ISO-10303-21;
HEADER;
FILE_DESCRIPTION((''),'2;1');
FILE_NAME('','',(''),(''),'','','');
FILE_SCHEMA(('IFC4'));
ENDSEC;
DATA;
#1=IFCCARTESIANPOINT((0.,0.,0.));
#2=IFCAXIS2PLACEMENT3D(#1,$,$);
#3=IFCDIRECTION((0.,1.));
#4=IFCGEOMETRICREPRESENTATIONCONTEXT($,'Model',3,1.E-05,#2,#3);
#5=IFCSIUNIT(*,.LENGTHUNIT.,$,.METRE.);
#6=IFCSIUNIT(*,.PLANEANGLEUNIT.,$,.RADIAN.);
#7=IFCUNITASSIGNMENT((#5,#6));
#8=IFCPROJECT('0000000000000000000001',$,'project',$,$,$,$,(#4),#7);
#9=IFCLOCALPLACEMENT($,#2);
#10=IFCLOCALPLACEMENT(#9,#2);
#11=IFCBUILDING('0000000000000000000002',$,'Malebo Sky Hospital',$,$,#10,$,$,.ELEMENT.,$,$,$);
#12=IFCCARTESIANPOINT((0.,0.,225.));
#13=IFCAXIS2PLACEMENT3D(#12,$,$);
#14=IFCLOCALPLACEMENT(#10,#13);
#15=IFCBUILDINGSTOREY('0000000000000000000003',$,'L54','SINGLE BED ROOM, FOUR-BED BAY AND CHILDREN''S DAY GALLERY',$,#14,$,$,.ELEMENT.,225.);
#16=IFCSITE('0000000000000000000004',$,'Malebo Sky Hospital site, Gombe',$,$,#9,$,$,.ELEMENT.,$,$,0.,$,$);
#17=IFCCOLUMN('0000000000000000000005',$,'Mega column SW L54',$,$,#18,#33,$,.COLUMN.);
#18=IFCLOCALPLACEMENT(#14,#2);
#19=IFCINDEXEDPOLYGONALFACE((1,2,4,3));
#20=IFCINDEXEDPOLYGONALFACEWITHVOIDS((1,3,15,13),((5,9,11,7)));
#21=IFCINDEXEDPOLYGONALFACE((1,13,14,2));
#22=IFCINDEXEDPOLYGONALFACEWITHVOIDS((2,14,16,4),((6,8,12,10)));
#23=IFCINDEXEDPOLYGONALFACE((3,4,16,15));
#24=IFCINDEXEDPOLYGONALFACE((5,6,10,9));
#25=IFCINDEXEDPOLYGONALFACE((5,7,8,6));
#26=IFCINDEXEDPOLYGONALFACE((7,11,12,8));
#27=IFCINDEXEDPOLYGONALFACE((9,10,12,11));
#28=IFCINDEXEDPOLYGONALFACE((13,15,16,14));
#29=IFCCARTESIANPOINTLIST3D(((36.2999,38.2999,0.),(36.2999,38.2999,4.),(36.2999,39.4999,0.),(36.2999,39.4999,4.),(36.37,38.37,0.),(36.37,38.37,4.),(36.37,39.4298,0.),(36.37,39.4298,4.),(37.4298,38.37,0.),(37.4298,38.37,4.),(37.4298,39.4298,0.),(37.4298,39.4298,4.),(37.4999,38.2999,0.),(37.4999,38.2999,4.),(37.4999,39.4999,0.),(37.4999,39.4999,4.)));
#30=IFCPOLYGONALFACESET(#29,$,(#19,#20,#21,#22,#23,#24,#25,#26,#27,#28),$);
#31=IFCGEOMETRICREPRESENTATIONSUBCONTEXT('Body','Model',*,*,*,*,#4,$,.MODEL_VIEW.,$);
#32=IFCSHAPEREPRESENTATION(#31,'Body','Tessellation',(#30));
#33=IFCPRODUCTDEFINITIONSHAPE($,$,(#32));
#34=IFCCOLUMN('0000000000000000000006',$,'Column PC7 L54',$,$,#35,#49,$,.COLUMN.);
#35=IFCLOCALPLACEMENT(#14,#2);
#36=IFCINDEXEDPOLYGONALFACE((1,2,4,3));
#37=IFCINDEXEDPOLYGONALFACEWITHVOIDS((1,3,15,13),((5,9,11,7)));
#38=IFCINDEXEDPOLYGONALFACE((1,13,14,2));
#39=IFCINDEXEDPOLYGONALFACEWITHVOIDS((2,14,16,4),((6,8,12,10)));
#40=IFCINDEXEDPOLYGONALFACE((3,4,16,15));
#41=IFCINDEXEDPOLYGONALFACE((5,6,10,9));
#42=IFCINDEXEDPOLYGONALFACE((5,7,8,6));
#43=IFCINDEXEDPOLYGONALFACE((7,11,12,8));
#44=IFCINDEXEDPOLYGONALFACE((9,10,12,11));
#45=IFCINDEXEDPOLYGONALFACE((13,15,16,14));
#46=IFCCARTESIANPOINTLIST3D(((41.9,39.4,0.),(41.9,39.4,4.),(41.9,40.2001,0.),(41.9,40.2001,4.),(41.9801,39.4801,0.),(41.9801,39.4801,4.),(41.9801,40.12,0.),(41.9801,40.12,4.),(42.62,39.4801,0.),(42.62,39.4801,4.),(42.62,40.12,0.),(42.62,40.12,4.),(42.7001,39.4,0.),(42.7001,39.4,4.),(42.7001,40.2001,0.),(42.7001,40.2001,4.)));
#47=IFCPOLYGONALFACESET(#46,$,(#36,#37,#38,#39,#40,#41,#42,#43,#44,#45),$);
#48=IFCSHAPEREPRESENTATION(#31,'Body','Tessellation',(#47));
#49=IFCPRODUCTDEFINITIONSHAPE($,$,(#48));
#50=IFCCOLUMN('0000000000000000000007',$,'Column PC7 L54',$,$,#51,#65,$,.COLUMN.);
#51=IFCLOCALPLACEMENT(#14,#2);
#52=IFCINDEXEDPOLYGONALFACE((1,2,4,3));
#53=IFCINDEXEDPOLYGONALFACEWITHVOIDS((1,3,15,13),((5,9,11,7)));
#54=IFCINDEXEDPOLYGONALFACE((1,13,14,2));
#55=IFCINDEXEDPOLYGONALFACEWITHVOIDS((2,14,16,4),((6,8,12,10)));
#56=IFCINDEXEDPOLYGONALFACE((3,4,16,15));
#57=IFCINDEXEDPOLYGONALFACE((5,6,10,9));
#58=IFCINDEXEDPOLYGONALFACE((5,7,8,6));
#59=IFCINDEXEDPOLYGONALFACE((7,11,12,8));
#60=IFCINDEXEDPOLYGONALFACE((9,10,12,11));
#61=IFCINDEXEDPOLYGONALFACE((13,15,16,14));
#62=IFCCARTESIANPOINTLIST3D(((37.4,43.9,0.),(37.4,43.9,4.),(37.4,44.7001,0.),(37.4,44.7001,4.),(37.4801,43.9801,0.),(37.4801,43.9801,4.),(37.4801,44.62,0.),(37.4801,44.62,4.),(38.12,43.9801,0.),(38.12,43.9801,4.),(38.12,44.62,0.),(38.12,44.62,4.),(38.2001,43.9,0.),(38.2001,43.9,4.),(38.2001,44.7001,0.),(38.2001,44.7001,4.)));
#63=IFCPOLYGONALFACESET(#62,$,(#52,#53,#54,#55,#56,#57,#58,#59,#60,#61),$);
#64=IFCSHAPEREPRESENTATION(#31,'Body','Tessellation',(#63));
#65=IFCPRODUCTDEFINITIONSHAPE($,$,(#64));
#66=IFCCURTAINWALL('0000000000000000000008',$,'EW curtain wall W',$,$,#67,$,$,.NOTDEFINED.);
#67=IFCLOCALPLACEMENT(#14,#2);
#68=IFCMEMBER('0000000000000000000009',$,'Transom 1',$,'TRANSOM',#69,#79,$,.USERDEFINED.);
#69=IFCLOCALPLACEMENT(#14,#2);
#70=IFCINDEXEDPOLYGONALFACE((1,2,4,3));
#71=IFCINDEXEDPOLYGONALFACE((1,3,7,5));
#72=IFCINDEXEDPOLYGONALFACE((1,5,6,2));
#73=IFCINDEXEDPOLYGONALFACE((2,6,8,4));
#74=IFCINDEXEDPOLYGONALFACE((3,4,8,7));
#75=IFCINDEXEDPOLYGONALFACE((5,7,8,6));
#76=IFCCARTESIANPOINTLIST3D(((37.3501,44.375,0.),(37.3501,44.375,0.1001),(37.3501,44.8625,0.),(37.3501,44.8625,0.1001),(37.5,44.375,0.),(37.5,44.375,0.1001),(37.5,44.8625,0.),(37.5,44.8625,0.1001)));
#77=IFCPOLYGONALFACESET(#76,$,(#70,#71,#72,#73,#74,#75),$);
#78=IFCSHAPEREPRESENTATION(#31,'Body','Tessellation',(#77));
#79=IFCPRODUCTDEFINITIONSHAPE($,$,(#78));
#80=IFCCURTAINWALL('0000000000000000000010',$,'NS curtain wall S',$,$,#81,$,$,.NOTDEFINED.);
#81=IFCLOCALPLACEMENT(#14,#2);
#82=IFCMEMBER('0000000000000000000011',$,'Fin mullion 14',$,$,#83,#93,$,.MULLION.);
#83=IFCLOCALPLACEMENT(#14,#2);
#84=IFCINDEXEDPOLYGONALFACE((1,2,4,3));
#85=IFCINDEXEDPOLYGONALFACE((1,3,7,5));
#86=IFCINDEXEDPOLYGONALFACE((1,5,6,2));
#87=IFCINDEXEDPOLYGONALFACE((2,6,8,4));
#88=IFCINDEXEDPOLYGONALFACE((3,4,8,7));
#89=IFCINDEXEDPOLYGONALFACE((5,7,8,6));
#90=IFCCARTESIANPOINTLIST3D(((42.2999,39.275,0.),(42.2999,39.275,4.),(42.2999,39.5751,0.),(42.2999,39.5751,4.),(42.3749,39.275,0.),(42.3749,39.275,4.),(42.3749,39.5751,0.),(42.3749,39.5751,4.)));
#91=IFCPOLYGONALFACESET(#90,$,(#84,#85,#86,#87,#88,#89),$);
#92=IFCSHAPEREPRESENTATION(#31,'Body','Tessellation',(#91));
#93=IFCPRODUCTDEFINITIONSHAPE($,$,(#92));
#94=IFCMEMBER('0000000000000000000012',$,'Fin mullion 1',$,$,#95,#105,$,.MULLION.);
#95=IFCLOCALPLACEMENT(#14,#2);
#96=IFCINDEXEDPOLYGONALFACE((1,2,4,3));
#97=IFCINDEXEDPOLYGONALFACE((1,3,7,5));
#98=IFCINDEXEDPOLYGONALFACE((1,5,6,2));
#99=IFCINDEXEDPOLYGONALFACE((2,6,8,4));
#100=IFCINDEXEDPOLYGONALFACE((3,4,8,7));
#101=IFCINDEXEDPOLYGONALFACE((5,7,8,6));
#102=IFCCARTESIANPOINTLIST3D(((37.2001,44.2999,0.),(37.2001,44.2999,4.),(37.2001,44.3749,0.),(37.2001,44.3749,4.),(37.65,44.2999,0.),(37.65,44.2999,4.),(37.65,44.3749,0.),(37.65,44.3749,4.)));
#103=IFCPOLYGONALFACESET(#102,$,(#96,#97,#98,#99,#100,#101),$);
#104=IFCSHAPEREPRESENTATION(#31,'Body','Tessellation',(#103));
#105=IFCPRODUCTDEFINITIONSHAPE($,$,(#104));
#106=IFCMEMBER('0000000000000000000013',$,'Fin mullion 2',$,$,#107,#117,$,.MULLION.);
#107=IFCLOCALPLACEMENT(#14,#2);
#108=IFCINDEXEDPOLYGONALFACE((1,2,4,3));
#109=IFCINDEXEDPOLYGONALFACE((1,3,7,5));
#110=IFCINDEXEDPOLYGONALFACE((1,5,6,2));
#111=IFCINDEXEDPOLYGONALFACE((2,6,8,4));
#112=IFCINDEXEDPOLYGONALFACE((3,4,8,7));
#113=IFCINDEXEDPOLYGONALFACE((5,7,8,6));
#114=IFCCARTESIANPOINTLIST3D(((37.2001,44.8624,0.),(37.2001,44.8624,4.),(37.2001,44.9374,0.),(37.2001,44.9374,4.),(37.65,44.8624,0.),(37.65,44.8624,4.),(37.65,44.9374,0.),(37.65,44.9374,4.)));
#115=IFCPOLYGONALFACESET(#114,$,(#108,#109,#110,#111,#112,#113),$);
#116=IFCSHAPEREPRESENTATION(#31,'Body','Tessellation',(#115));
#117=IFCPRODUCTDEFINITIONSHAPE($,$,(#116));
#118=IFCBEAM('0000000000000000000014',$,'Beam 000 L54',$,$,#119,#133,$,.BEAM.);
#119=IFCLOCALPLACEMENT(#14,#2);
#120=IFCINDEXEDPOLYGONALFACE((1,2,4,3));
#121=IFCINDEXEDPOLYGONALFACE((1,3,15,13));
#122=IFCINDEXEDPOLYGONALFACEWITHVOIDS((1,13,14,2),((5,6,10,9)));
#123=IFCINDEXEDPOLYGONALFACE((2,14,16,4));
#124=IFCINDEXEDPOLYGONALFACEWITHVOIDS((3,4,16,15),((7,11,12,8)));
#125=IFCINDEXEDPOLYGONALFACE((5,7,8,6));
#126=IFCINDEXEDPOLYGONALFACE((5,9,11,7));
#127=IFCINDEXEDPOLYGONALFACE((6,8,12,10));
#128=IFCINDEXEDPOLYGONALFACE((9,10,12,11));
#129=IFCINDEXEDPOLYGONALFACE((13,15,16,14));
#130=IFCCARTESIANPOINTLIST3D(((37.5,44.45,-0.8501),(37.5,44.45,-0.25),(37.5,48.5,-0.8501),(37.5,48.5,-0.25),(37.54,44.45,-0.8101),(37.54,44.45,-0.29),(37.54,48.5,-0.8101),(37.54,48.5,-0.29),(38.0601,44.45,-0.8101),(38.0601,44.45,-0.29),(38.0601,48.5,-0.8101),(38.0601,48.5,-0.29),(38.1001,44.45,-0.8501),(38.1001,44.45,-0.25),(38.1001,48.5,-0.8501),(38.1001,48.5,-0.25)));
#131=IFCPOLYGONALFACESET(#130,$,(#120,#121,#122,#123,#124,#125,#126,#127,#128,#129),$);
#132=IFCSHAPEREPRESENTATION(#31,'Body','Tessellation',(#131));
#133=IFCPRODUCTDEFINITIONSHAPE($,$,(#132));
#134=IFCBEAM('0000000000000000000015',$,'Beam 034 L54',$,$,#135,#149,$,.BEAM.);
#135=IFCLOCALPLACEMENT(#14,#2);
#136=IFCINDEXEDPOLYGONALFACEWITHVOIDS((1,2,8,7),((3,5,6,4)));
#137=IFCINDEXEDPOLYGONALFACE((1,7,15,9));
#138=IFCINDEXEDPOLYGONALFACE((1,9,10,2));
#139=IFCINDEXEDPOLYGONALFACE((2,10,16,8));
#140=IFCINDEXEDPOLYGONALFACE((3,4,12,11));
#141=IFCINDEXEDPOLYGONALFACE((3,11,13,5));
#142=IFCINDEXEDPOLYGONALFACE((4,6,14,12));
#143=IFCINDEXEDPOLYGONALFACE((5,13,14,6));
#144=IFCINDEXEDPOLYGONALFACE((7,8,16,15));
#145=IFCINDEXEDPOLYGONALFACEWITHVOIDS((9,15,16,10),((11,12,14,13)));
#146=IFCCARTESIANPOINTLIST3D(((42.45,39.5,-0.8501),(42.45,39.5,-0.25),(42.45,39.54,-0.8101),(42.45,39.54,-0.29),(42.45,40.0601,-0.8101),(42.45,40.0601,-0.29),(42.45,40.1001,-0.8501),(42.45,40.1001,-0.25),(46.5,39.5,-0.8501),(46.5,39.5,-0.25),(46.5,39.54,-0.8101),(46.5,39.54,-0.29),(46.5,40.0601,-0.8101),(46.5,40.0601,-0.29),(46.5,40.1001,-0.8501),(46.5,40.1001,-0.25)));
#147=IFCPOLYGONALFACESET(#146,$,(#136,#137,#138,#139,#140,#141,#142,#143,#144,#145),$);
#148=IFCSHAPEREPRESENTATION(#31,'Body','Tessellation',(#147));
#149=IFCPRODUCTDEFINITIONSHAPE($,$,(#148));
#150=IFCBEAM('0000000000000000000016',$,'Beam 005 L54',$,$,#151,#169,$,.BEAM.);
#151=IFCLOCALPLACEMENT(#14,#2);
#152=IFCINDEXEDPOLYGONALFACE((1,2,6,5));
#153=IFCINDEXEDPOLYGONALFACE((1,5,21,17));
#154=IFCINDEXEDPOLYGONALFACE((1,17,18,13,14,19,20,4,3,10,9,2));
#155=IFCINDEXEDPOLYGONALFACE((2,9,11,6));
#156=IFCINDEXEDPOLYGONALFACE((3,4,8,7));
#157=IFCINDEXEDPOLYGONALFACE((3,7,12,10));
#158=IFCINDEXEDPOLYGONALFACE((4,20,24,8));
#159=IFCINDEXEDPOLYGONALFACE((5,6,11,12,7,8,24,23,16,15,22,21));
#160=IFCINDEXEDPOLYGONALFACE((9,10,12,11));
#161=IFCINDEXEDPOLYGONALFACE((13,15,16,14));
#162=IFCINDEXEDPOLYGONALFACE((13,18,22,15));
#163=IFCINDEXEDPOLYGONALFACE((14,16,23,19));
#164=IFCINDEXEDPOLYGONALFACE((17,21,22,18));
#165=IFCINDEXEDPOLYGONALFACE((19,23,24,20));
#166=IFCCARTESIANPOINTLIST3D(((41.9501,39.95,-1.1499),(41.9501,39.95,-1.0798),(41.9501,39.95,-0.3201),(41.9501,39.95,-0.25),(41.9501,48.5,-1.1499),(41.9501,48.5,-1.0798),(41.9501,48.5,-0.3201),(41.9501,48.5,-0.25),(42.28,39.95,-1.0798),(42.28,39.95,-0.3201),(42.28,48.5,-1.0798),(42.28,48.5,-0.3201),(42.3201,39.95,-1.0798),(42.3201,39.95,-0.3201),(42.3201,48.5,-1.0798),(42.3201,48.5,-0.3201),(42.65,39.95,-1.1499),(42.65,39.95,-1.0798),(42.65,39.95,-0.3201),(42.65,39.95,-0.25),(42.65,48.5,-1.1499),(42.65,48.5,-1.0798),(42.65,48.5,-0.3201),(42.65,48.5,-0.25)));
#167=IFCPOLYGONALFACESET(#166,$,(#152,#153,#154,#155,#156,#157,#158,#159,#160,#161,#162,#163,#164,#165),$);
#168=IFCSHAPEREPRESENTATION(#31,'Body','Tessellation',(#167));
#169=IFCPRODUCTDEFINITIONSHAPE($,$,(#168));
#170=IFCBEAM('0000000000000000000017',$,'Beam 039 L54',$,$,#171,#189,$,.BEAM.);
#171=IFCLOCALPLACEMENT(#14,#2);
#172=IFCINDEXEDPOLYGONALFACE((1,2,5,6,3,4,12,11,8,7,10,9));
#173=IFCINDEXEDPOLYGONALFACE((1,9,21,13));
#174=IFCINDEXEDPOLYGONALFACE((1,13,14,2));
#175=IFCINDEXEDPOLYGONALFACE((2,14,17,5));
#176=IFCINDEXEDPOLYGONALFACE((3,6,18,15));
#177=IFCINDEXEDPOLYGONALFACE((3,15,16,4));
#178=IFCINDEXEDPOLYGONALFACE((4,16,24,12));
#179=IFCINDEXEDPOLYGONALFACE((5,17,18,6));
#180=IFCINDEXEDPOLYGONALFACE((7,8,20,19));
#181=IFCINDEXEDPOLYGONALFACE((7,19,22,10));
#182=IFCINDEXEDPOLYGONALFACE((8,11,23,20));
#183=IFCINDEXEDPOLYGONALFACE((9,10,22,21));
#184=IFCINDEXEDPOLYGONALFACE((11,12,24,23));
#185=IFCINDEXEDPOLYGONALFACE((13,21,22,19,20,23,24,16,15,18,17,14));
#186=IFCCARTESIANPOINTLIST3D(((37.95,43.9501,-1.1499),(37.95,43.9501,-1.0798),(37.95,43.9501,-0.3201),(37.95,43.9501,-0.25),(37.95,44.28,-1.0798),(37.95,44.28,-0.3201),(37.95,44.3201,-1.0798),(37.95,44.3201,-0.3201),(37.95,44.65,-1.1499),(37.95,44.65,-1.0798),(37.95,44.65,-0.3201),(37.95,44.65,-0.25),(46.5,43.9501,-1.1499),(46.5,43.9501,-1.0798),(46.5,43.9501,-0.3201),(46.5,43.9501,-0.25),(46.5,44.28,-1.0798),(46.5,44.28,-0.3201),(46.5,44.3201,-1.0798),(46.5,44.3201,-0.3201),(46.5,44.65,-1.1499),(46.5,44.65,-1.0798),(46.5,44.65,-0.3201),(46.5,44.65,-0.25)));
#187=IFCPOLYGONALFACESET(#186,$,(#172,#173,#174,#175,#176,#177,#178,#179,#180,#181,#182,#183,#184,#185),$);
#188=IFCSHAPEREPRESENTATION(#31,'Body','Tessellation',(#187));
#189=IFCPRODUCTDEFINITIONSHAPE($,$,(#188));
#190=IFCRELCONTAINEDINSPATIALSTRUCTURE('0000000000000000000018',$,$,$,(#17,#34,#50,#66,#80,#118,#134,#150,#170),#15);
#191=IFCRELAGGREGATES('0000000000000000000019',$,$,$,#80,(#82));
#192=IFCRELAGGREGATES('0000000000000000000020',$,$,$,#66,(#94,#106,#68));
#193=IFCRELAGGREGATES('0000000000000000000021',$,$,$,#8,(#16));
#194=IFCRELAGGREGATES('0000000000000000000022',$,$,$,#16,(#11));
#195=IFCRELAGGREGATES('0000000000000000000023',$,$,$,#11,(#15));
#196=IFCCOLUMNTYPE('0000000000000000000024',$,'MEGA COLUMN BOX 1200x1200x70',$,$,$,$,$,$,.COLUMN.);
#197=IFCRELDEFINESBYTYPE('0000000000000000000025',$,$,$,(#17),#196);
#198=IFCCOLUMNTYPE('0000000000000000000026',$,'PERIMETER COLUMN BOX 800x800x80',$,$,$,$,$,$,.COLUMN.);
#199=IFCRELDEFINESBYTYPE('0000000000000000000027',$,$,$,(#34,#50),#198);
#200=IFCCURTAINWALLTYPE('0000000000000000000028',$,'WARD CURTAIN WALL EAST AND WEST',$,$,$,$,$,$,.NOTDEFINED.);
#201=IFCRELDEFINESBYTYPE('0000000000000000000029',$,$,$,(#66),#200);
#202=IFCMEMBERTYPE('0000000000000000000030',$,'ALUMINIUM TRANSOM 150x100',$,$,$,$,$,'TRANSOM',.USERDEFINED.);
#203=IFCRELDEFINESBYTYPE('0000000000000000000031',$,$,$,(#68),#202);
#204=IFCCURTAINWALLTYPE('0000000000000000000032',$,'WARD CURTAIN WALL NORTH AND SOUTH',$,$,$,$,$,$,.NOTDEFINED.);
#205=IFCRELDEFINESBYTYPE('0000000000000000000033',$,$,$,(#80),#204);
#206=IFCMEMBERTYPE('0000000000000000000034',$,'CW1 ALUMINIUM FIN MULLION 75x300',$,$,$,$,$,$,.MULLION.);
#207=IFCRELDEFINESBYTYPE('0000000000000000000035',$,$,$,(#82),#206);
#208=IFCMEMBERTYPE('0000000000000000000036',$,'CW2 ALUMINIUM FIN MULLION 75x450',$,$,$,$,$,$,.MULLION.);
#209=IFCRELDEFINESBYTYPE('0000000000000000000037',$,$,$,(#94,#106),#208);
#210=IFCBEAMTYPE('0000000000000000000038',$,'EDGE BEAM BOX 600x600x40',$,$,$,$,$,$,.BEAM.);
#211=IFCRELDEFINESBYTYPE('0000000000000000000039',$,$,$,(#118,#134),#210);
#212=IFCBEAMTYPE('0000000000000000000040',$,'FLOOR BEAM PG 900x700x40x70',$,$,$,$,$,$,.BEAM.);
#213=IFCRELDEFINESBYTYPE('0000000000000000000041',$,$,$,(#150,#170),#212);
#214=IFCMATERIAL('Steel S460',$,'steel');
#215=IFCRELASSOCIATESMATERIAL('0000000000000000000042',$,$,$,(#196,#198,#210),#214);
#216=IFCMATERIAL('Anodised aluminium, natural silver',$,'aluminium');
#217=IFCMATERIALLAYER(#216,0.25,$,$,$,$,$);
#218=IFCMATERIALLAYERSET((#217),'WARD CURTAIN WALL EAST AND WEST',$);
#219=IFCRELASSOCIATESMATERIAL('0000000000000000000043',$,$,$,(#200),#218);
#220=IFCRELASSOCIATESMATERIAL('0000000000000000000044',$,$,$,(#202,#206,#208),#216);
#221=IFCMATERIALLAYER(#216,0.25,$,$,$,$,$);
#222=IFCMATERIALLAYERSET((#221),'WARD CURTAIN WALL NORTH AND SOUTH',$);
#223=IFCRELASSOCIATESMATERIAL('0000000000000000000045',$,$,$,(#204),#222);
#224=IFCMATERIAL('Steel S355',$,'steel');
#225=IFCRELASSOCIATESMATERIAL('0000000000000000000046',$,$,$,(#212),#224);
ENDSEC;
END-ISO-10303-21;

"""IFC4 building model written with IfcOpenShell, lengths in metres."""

from ifc_helpers import new_model, si_unit, direction, frame, origin, origin_2d, place, context, subcontext, project, spatial, rectangle, hollow_rectangle, i_section, extrude, material, layer, layer_set, material_profile, profile_set, type_object, element, aggregate, save


model = new_model("IFC4")

# Units and contexts
model_context = context("Model", 3, precision=1e-05, world=origin(), true_north=direction((0.0, 1.0)))
body_context = subcontext(model_context, "Body", "Model", "MODEL_VIEW")
ifc_project = project(units=[si_unit("LENGTHUNIT", "METRE"), si_unit("PLANEANGLEUNIT", "RADIAN")], contexts=[model_context])

# Site, building, storey
site_placement = place(None, origin())
site = spatial("IfcSite", under=ifc_project, at=site_placement, Name="Malebo Sky Hospital site, Gombe", CompositionType="ELEMENT", RefElevation=0.0)
building_placement = place(site_placement, origin())
building = spatial("IfcBuilding", under=site, at=building_placement, Name="Malebo Sky Hospital", CompositionType="ELEMENT")
storey_placement = place(building_placement, frame((0.0, 0.0, 225.0)))
storey = spatial("IfcBuildingStorey", under=building, at=storey_placement, Name="L54", Description="SINGLE BED ROOM, FOUR-BED BAY AND CHILDREN'S DAY GALLERY", CompositionType="ELEMENT", Elevation=225.0)

# Columns
ifc_material_1 = material(Name="Steel S460", Category="steel")
ifc_material_profile_1 = material_profile(ifc_material_1, hollow_rectangle(XDim=1.2, YDim=1.2, WallThickness=0.0701, at=origin_2d()), Name="BOX 1200x1200x70")
ifc_profile_set_1 = profile_set([ifc_material_profile_1], Name="Steel S460")
column_type_1 = type_object("IfcColumnType", Name="MEGA COLUMN BOX 1200x1200x70", PredefinedType="COLUMN", material=ifc_profile_set_1)
column_placement = place(storey_placement, frame((36.8999, 38.8999, 0.0), z_axis=(0.0, 0.0, 1.0), x_axis=(1.0, 0.0, 0.0)))
element("IfcColumn", 1, at=column_placement, inside=storey, type_object=column_type_1, Name="Mega column SW L54", PredefinedType="COLUMN", context=body_context, shape_type="SweptSolid", body=[
    extrude(hollow_rectangle(XDim=1.2, YDim=1.2, WallThickness=0.0701, at=origin_2d()), origin(), (0.0, 0.0, 1.0), 4.0),
])
ifc_material_profile_2 = material_profile(ifc_material_1, hollow_rectangle(XDim=0.8, YDim=0.8, WallThickness=0.0801, at=origin_2d()), Name="BOX 800x800x80")
ifc_profile_set_2 = profile_set([ifc_material_profile_2], Name="Steel S460")
column_type_2 = type_object("IfcColumnType", Name="PERIMETER COLUMN BOX 800x800x80", PredefinedType="COLUMN", material=ifc_profile_set_2)
for number, where, z_axis, x_axis, name in (
    (2, (42.3, 39.8, 0.0), (0.0, 0.0, 1.0), (1.0, 0.0, 0.0), "Column PC7 L54"),
    (3, (37.8, 44.3, 0.0), (0.0, 0.0, 1.0), (1.0, 0.0, 0.0), "Column PC7 L54"),
):
    element("IfcColumn", number, at=place(storey_placement, frame(where, z_axis=z_axis, x_axis=x_axis)), inside=storey, type_object=column_type_2, Name=name, PredefinedType="COLUMN", context=body_context, shape_type="SweptSolid", body=[
        extrude(hollow_rectangle(XDim=0.8, YDim=0.8, WallThickness=0.0801, at=origin_2d()), origin(), (0.0, 0.0, 1.0), 4.0),
    ])

# Curtain walls, members
ifc_material_2 = material(Name="Anodised aluminium, natural silver", Category="aluminium")
ifc_layer_1 = layer(ifc_material_2, 0.25)
ifc_layer_set_1 = layer_set([ifc_layer_1], Name="WARD CURTAIN WALL EAST AND WEST")
curtain_wall_type_1 = type_object("IfcCurtainWallType", Name="WARD CURTAIN WALL EAST AND WEST", PredefinedType="NOTDEFINED", material=ifc_layer_set_1)
curtain_wall_1_placement = place(storey_placement, origin())
curtain_wall_1 = element("IfcCurtainWall", 4, at=curtain_wall_1_placement, inside=storey, type_object=curtain_wall_type_1, Name="EW curtain wall W", PredefinedType="NOTDEFINED")
ifc_material_profile_3 = material_profile(ifc_material_2, rectangle(XDim=0.1499, YDim=0.1001, at=origin_2d()), Name="ALUMINIUM TRANSOM 150x100")
ifc_profile_set_3 = profile_set([ifc_material_profile_3], Name="Anodised aluminium, natural silver")
member_type_1 = type_object("IfcMemberType", Name="ALUMINIUM TRANSOM 150x100", ElementType="TRANSOM", PredefinedType="USERDEFINED", material=ifc_profile_set_3)
member_1_placement = place(storey_placement, frame((37.425, 44.375, 0.05), z_axis=(0.0, 1.0, 0.0), x_axis=(-1.0, 0.0, 0.0)))
member_1 = element("IfcMember", 5, at=member_1_placement, type_object=member_type_1, Name="Transom 1", ObjectType="TRANSOM", PredefinedType="USERDEFINED", context=body_context, shape_type="SweptSolid", body=[
    extrude(rectangle(XDim=0.1499, YDim=0.1001, at=origin_2d()), origin(), (0.0, 0.0, 1.0), 0.4875),
])
ifc_layer_2 = layer(ifc_material_2, 0.25)
ifc_layer_set_2 = layer_set([ifc_layer_2], Name="WARD CURTAIN WALL NORTH AND SOUTH")
curtain_wall_type_2 = type_object("IfcCurtainWallType", Name="WARD CURTAIN WALL NORTH AND SOUTH", PredefinedType="NOTDEFINED", material=ifc_layer_set_2)
curtain_wall_2_placement = place(storey_placement, origin())
curtain_wall_2 = element("IfcCurtainWall", 6, at=curtain_wall_2_placement, inside=storey, type_object=curtain_wall_type_2, Name="NS curtain wall S", PredefinedType="NOTDEFINED")
ifc_material_profile_4 = material_profile(ifc_material_2, rectangle(XDim=0.075, YDim=0.3, at=origin_2d()), Name="CW1 ALUMINIUM FIN MULLION 75x300")
ifc_profile_set_4 = profile_set([ifc_material_profile_4], Name="Anodised aluminium, natural silver")
member_type_2 = type_object("IfcMemberType", Name="CW1 ALUMINIUM FIN MULLION 75x300", PredefinedType="MULLION", material=ifc_profile_set_4)
member_2_placement = place(storey_placement, frame((42.3374, 39.425, 0.0), z_axis=(0.0, 0.0, 1.0), x_axis=(-1.0, 0.0, 0.0)))
member_2 = element("IfcMember", 7, at=member_2_placement, type_object=member_type_2, Name="Fin mullion 14", PredefinedType="MULLION", context=body_context, shape_type="SweptSolid", body=[
    extrude(rectangle(XDim=0.075, YDim=0.3, at=origin_2d()), origin(), (0.0, 0.0, 1.0), 4.0),
])
aggregate(curtain_wall_2, [member_2])

# Members
ifc_material_profile_5 = material_profile(ifc_material_2, rectangle(XDim=0.075, YDim=0.45, at=origin_2d()), Name="CW2 ALUMINIUM FIN MULLION 75x450")
ifc_profile_set_5 = profile_set([ifc_material_profile_5], Name="Anodised aluminium, natural silver")
member_type_3 = type_object("IfcMemberType", Name="CW2 ALUMINIUM FIN MULLION 75x450", PredefinedType="MULLION", material=ifc_profile_set_5)
member_3_placement = place(storey_placement, frame((37.425, 44.3374, 0.0), z_axis=(0.0, 0.0, 1.0), x_axis=(0.0, 1.0, 0.0)))
member_3 = element("IfcMember", 8, at=member_3_placement, type_object=member_type_3, Name="Fin mullion 1", PredefinedType="MULLION", context=body_context, shape_type="SweptSolid", body=[
    extrude(rectangle(XDim=0.075, YDim=0.45, at=origin_2d()), origin(), (0.0, 0.0, 1.0), 4.0),
])
member_4_placement = place(storey_placement, frame((37.425, 44.8999, 0.0), z_axis=(0.0, 0.0, 1.0), x_axis=(0.0, 1.0, 0.0)))
member_4 = element("IfcMember", 9, at=member_4_placement, type_object=member_type_3, Name="Fin mullion 2", PredefinedType="MULLION", context=body_context, shape_type="SweptSolid", body=[
    extrude(rectangle(XDim=0.075, YDim=0.45, at=origin_2d()), origin(), (0.0, 0.0, 1.0), 4.0),
])

# Beams
ifc_material_profile_6 = material_profile(ifc_material_1, hollow_rectangle(XDim=0.6001, YDim=0.6001, WallThickness=0.04, at=origin_2d()), Name="BOX 600x600x40")
ifc_profile_set_6 = profile_set([ifc_material_profile_6], Name="Steel S460")
beam_type_1 = type_object("IfcBeamType", Name="EDGE BEAM BOX 600x600x40", PredefinedType="BEAM", material=ifc_profile_set_6)
for number, where, z_axis, x_axis, name in (
    (10, (37.8, 44.45, -0.55), (0.0, 1.0, 0.0), (-1.0, 0.0, 0.0), "Beam 000 L54"),
    (11, (42.45, 39.8, -0.55), (1.0, 0.0, 0.0), (0.0, 1.0, 0.0), "Beam 034 L54"),
):
    element("IfcBeam", number, at=place(storey_placement, frame(where, z_axis=z_axis, x_axis=x_axis)), inside=storey, type_object=beam_type_1, Name=name, PredefinedType="BEAM", context=body_context, shape_type="SweptSolid", body=[
        extrude(hollow_rectangle(XDim=0.6001, YDim=0.6001, WallThickness=0.04, at=origin_2d()), origin(), (0.0, 0.0, 1.0), 4.05),
    ])
ifc_material_3 = material(Name="Steel S355", Category="steel")
ifc_material_profile_7 = material_profile(ifc_material_3, i_section(OverallWidth=0.7, OverallDepth=0.8999, WebThickness=0.04, FlangeThickness=0.0701, at=origin_2d()), Name="PG 900x700x40x70")
ifc_profile_set_7 = profile_set([ifc_material_profile_7], Name="Steel S355")
beam_type_2 = type_object("IfcBeamType", Name="FLOOR BEAM PG 900x700x40x70", PredefinedType="BEAM", material=ifc_profile_set_7)
for number, where, z_axis, x_axis, name in (
    (12, (42.3, 39.95, -0.7), (0.0, 1.0, 0.0), (-1.0, 0.0, 0.0), "Beam 005 L54"),
    (13, (37.95, 44.3, -0.7), (1.0, 0.0, 0.0), (0.0, 1.0, 0.0), "Beam 039 L54"),
):
    element("IfcBeam", number, at=place(storey_placement, frame(where, z_axis=z_axis, x_axis=x_axis)), inside=storey, type_object=beam_type_2, Name=name, PredefinedType="BEAM", context=body_context, shape_type="SweptSolid", body=[
        extrude(i_section(OverallWidth=0.7, OverallDepth=0.8999, WebThickness=0.04, FlangeThickness=0.0701, at=origin_2d()), origin(), (0.0, 0.0, 1.0), 8.55),
    ])

aggregate(curtain_wall_1, [member_3, member_4, member_1])

save(model, "model.ifc")
